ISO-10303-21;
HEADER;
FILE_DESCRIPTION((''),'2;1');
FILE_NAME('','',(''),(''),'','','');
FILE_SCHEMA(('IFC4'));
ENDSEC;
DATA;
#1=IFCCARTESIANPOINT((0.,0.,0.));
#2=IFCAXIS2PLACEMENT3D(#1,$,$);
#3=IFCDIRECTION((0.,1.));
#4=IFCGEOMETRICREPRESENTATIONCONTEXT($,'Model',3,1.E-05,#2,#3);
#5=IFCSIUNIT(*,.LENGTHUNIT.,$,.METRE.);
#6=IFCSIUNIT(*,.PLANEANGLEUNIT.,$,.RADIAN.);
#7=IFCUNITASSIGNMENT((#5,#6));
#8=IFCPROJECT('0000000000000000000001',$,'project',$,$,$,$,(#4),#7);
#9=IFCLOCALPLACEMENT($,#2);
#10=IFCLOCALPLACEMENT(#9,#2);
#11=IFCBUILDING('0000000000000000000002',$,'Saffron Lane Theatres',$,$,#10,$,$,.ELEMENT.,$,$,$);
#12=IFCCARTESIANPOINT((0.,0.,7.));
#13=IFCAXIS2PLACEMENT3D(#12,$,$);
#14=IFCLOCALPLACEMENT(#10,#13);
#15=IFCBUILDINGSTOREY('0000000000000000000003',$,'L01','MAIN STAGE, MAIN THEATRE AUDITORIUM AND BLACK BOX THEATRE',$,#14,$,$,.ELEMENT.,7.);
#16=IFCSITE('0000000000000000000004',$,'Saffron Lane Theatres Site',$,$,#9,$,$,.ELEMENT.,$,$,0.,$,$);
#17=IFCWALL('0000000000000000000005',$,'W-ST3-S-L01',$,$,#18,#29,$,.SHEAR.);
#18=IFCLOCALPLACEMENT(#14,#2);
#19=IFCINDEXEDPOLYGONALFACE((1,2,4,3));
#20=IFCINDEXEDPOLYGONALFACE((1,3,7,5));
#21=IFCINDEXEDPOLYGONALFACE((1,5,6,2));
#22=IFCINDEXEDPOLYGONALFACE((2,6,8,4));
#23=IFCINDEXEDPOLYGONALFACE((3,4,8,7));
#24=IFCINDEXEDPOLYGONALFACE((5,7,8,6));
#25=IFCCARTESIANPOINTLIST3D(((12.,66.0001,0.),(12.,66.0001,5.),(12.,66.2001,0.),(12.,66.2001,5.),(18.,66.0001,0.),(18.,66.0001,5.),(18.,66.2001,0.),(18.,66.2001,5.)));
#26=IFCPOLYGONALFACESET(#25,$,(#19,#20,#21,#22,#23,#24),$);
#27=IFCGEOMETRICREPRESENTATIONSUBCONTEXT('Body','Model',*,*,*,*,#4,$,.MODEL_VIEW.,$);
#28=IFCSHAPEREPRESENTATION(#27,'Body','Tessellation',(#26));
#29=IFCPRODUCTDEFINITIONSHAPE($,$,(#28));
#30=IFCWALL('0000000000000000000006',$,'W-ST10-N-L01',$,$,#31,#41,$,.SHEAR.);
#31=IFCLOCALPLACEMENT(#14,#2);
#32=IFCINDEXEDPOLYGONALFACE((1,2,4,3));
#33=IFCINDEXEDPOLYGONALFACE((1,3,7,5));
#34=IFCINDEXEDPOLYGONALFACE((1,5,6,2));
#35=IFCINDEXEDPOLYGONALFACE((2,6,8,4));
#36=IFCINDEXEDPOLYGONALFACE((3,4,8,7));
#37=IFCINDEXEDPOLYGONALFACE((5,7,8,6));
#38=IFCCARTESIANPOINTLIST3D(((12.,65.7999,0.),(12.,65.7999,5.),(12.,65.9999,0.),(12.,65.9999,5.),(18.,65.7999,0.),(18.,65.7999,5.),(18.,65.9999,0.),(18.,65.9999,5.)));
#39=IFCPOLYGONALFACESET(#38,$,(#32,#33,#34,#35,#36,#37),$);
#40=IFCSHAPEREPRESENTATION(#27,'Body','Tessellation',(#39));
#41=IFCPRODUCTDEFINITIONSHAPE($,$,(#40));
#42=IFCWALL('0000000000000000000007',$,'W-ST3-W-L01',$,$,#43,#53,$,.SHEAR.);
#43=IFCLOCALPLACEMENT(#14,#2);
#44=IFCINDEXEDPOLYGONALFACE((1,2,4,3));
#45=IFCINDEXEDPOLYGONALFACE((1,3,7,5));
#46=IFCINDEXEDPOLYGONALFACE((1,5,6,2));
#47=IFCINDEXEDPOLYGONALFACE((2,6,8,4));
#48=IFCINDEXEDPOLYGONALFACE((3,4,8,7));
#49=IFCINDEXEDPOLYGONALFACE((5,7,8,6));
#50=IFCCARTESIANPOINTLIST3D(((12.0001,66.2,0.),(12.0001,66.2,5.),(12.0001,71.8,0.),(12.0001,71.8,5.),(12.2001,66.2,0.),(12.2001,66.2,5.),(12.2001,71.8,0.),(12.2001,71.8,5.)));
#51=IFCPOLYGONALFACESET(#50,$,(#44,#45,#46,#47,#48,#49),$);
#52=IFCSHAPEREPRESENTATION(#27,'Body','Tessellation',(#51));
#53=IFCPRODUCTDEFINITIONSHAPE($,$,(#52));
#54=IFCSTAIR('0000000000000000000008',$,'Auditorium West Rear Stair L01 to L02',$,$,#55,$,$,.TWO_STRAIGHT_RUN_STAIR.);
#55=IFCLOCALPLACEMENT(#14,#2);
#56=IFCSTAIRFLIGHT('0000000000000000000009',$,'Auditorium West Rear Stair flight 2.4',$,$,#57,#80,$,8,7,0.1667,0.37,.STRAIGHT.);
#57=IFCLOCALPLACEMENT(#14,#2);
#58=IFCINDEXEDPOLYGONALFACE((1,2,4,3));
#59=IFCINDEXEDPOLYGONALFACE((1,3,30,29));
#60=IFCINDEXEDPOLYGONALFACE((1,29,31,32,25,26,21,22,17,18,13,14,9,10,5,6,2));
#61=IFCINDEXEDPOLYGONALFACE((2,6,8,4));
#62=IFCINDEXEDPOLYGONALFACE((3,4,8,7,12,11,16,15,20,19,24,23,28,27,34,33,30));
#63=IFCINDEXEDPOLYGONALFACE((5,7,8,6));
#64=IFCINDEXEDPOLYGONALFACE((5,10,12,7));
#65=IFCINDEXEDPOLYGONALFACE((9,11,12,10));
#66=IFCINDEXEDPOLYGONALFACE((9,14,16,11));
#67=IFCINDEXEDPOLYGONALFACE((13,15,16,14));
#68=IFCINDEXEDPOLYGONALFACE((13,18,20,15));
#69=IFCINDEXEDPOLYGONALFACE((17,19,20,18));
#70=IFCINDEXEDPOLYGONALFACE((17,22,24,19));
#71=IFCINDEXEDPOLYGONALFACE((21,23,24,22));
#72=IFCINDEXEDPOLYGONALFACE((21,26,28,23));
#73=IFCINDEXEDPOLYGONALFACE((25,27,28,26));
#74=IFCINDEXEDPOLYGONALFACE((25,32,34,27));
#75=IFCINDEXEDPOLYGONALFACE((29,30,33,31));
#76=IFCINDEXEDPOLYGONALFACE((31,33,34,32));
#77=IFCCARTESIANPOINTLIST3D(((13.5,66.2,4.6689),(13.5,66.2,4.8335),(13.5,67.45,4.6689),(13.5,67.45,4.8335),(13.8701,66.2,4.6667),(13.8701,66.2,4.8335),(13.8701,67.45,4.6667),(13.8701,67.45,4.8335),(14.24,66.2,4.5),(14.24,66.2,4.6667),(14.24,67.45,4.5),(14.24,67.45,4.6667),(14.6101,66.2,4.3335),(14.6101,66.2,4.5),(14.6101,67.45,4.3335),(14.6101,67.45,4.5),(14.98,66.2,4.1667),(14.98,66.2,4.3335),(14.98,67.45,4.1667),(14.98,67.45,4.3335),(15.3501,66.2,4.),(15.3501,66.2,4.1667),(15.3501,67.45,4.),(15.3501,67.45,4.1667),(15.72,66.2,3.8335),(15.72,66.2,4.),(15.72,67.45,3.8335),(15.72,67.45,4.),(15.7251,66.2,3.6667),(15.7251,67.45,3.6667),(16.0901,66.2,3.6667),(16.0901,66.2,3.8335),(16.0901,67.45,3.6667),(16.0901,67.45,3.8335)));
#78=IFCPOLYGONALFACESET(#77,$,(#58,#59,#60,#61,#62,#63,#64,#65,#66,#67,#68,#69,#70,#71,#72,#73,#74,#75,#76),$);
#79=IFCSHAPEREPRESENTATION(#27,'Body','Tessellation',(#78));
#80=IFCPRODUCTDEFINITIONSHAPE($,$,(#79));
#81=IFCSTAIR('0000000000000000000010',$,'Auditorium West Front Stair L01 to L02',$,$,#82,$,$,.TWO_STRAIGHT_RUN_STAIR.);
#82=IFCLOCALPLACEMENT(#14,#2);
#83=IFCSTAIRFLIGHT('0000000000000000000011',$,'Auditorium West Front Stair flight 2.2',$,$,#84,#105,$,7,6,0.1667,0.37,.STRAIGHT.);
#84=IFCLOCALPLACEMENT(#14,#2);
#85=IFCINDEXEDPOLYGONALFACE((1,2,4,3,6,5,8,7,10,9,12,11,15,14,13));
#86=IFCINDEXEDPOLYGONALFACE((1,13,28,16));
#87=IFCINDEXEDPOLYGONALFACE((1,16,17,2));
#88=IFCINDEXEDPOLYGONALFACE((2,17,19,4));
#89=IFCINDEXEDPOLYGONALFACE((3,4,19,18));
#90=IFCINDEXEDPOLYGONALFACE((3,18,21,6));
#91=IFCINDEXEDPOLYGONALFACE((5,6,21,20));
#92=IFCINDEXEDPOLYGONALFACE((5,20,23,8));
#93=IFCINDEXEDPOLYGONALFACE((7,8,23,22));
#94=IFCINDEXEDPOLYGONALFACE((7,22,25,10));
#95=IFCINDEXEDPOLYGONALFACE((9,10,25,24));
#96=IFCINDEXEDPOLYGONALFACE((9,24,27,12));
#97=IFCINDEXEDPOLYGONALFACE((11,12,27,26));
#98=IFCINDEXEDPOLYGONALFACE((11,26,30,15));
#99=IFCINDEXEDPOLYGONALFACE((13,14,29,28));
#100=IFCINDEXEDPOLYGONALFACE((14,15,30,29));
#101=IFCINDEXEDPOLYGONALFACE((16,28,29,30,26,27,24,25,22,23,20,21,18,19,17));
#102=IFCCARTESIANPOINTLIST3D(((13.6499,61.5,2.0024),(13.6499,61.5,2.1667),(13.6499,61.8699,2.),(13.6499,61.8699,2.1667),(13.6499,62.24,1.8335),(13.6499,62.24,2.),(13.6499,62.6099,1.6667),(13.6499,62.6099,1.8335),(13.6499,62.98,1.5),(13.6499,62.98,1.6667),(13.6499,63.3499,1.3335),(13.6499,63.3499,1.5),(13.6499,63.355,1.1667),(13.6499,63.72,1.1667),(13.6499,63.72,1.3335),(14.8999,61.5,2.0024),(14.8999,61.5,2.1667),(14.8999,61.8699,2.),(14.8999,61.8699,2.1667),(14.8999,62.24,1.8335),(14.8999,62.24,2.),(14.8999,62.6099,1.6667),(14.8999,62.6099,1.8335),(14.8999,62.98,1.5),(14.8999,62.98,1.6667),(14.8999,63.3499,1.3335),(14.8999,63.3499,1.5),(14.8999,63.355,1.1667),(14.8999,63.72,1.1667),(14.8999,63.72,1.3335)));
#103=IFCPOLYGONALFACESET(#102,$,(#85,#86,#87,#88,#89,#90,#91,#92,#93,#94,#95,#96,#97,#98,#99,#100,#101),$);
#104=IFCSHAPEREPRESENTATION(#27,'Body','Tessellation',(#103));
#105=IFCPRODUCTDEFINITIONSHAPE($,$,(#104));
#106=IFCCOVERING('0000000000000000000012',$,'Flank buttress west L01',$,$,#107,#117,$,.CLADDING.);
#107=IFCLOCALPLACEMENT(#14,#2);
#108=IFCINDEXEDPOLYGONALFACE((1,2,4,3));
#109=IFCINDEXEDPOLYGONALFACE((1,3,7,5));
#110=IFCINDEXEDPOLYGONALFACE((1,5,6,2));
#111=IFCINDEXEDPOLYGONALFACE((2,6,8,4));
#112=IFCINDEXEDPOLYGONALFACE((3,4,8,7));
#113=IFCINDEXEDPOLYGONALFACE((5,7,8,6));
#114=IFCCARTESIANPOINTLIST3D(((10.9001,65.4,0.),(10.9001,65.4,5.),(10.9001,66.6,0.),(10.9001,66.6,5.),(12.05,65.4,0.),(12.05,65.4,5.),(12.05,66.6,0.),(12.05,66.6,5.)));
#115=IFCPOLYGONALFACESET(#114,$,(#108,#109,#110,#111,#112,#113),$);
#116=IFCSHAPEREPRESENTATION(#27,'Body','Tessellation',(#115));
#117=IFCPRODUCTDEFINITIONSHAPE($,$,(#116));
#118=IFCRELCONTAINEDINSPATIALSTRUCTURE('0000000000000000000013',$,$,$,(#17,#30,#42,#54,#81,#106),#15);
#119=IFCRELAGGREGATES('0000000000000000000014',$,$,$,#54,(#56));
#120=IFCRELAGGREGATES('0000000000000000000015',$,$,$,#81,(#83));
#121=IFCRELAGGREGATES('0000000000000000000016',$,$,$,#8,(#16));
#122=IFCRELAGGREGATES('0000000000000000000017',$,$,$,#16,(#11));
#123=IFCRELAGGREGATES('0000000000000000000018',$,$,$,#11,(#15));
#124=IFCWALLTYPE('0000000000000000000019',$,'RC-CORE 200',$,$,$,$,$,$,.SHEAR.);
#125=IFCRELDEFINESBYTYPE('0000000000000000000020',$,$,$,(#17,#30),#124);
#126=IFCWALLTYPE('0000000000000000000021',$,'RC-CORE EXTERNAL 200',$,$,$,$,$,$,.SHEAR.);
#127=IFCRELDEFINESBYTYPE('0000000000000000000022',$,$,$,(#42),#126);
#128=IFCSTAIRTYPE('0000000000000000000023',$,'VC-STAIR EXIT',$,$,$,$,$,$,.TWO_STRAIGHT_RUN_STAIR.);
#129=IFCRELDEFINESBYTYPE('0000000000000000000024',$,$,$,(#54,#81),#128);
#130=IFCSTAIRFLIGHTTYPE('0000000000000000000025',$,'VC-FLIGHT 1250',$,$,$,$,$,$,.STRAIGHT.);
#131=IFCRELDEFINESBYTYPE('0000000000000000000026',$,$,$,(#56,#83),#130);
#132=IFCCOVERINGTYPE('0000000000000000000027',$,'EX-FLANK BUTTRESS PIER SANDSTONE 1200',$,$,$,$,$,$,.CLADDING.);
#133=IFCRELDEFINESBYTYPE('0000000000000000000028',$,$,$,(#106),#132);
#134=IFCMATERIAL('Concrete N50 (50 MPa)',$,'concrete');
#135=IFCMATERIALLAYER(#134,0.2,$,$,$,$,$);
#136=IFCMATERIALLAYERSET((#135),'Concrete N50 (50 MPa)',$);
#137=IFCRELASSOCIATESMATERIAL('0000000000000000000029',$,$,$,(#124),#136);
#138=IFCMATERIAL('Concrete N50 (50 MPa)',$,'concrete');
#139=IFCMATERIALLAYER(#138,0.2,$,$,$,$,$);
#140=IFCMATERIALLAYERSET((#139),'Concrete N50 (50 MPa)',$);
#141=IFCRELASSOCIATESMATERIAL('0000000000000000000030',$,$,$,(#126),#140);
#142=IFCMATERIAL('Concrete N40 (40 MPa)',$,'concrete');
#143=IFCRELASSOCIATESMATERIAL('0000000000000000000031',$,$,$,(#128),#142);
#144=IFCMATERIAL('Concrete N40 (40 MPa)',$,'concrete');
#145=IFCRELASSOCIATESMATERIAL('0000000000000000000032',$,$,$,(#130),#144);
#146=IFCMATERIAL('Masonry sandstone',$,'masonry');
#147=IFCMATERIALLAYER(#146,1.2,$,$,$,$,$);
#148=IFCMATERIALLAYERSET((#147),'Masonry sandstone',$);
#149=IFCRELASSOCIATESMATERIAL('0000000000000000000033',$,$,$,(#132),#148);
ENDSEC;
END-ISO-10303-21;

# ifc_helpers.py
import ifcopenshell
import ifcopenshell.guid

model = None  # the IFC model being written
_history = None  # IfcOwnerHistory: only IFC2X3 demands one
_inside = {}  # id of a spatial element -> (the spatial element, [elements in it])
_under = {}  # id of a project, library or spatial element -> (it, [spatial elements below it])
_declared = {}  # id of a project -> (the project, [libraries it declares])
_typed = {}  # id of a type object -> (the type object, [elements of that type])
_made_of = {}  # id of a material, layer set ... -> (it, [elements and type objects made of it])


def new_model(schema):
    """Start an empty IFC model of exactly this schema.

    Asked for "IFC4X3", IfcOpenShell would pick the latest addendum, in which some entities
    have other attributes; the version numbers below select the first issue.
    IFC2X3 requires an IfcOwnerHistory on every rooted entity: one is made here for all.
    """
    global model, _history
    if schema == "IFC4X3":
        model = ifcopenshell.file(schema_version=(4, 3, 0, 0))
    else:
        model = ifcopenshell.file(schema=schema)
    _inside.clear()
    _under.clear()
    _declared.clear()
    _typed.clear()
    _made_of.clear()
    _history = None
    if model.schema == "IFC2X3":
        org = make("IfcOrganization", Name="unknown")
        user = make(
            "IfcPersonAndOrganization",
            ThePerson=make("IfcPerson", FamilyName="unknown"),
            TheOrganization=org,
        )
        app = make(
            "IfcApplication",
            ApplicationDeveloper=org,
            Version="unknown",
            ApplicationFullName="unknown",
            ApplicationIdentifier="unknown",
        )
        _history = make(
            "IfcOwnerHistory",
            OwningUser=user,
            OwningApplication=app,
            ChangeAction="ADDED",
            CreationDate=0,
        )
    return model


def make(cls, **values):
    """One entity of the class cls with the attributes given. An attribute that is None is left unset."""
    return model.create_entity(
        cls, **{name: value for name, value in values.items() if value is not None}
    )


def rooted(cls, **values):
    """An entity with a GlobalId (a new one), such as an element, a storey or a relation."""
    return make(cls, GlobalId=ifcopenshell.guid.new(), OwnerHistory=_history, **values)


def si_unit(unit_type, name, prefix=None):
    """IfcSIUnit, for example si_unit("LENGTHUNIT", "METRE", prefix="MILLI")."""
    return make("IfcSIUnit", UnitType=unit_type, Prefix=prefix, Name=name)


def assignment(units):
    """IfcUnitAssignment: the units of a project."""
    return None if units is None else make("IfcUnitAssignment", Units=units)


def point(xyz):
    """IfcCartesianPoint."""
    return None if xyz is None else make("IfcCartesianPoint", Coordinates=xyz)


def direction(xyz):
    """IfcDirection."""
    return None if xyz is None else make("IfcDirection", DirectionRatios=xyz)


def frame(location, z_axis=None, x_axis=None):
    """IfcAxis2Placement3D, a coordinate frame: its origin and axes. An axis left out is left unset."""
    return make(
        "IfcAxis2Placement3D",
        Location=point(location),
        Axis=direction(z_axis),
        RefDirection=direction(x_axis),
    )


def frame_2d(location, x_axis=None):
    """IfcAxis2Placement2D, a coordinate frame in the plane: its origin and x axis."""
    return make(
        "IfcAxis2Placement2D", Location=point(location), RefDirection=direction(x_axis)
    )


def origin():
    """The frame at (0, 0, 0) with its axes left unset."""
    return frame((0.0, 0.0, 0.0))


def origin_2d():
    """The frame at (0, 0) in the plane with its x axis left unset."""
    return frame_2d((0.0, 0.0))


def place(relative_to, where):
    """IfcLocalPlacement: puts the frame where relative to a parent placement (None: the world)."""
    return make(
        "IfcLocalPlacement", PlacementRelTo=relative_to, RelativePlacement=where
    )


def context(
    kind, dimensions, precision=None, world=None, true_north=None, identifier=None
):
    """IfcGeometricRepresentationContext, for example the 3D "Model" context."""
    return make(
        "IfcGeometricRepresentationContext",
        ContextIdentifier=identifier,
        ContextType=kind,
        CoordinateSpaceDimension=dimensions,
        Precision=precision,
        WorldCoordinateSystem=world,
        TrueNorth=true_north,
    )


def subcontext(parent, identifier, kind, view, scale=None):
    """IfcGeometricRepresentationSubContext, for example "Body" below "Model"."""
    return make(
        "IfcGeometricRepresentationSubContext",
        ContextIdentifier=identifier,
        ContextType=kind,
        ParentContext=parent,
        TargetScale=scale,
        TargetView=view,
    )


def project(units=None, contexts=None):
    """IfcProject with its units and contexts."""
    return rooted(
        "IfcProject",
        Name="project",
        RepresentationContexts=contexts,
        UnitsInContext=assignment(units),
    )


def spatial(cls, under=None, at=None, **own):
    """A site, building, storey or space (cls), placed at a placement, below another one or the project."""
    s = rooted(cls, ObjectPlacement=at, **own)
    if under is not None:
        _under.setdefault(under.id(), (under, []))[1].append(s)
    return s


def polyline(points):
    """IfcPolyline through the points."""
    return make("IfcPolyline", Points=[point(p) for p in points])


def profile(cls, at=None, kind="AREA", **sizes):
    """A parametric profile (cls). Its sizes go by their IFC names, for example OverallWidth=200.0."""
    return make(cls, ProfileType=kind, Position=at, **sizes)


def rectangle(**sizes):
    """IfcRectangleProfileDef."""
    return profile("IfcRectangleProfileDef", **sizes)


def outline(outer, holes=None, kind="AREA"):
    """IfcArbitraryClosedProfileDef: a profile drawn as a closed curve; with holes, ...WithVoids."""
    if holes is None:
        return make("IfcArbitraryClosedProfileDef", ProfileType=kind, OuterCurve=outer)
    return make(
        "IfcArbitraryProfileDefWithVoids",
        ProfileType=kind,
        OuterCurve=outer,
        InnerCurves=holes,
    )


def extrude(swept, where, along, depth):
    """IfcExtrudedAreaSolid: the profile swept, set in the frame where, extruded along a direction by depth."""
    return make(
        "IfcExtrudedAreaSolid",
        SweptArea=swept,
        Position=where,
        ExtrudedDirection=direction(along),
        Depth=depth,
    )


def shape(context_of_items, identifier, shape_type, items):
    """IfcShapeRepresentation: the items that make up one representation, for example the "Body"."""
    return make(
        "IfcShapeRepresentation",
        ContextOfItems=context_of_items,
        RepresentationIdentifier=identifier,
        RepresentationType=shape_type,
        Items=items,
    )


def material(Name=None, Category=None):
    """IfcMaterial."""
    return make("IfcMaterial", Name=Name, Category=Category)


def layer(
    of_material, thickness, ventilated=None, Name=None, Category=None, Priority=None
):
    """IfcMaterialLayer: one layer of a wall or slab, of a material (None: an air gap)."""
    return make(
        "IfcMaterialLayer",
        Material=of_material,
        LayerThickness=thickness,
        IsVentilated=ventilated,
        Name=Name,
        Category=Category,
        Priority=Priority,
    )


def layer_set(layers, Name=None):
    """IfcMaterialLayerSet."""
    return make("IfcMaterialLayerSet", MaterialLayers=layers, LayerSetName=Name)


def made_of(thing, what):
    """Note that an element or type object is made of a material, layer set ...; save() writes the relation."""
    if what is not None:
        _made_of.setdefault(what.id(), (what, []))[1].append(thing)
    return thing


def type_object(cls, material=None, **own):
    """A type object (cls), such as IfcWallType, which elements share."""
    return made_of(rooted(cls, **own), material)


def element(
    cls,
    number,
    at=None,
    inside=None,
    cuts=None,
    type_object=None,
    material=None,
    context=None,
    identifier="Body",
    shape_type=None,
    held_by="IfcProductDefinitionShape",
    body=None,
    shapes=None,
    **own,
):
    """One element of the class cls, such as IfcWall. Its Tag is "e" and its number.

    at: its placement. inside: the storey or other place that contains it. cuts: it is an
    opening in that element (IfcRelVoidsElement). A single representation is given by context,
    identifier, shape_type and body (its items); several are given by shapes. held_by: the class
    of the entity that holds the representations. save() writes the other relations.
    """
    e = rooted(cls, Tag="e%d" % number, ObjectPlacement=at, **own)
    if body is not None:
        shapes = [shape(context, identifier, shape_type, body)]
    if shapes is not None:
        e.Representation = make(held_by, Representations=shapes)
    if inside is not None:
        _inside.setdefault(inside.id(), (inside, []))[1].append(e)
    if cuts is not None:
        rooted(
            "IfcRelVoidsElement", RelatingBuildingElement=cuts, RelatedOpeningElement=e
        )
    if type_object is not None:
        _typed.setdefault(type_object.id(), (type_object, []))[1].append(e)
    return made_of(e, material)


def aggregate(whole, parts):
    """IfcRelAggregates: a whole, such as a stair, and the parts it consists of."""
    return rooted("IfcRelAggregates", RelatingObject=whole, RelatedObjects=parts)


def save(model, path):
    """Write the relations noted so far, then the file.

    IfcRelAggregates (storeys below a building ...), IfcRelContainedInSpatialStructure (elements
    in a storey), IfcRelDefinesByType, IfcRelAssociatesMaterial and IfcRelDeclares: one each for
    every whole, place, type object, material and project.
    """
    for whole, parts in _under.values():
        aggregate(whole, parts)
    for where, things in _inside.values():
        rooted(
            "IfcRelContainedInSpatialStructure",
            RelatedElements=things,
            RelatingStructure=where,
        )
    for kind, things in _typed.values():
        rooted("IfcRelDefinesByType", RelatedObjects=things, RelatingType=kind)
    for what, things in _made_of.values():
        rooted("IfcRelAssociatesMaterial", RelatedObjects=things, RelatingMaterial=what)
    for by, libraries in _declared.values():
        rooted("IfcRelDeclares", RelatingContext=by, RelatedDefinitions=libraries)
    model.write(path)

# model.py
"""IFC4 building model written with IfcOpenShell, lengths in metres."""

from ifc_helpers import new_model, si_unit, direction, frame, frame_2d, origin, origin_2d, place, context, subcontext, project, spatial, polyline, rectangle, outline, extrude, material, layer, layer_set, type_object, element, aggregate, save


model = new_model("IFC4")

# Units and contexts
model_context = context("Model", 3, precision=1e-05, world=origin(), true_north=direction((0.0, 1.0)))
body_context = subcontext(model_context, "Body", "Model", "MODEL_VIEW")
ifc_project = project(units=[si_unit("LENGTHUNIT", "METRE"), si_unit("PLANEANGLEUNIT", "RADIAN")], contexts=[model_context])

# Site, building, storey
site_placement = place(None, origin())
site = spatial("IfcSite", under=ifc_project, at=site_placement, Name="Saffron Lane Theatres Site", CompositionType="ELEMENT", RefElevation=0.0)
building_placement = place(site_placement, origin())
building = spatial("IfcBuilding", under=site, at=building_placement, Name="Saffron Lane Theatres", CompositionType="ELEMENT")
storey_placement = place(building_placement, frame((0.0, 0.0, 7.0)))
storey = spatial("IfcBuildingStorey", under=building, at=storey_placement, Name="L01", Description="MAIN STAGE, MAIN THEATRE AUDITORIUM AND BLACK BOX THEATRE", CompositionType="ELEMENT", Elevation=7.0)

# Walls
ifc_material_1 = material(Name="Concrete N50 (50 MPa)", Category="concrete")
ifc_layer_1 = layer(ifc_material_1, 0.2)
ifc_layer_set_1 = layer_set([ifc_layer_1], Name="Concrete N50 (50 MPa)")
wall_type_1 = type_object("IfcWallType", Name="RC-CORE 200", PredefinedType="SHEAR", material=ifc_layer_set_1)
for number, where, z_axis, x_axis, name in (
    (1, (12.0, 66.1001, 0.0), (0.0, 0.0, 1.0), (1.0, 0.0, 0.0), "W-ST3-S-L01"),
    (2, (12.0, 65.8999, 0.0), (0.0, 0.0, 1.0), (1.0, 0.0, 0.0), "W-ST10-N-L01"),
):
    element("IfcWall", number, at=place(storey_placement, frame(where, z_axis=z_axis, x_axis=x_axis)), inside=storey, type_object=wall_type_1, Name=name, PredefinedType="SHEAR", context=body_context, shape_type="SweptSolid", body=[
        extrude(rectangle(XDim=6.0, YDim=0.2, at=frame_2d((3.0, 0.0))), origin(), (0.0, 0.0, 1.0), 5.0),
    ])
ifc_material_2 = material(Name="Concrete N50 (50 MPa)", Category="concrete")
ifc_layer_2 = layer(ifc_material_2, 0.2)
ifc_layer_set_2 = layer_set([ifc_layer_2], Name="Concrete N50 (50 MPa)")
wall_type_2 = type_object("IfcWallType", Name="RC-CORE EXTERNAL 200", PredefinedType="SHEAR", material=ifc_layer_set_2)
wall_placement = place(storey_placement, frame((12.1001, 66.2, 0.0), z_axis=(0.0, 0.0, 1.0), x_axis=(0.0, 1.0, 0.0)))
element("IfcWall", 3, at=wall_placement, inside=storey, type_object=wall_type_2, Name="W-ST3-W-L01", PredefinedType="SHEAR", context=body_context, shape_type="SweptSolid", body=[
    extrude(rectangle(XDim=5.6001, YDim=0.2, at=frame_2d((2.8, 0.0))), origin(), (0.0, 0.0, 1.0), 5.0),
])

# Stairs, stair flights
ifc_material_3 = material(Name="Concrete N40 (40 MPa)", Category="concrete")
stair_type = type_object("IfcStairType", Name="VC-STAIR EXIT", PredefinedType="TWO_STRAIGHT_RUN_STAIR", material=ifc_material_3)
stair_1_placement = place(storey_placement, origin())
stair_1 = element("IfcStair", 4, at=stair_1_placement, inside=storey, type_object=stair_type, Name="Auditorium West Rear Stair L01 to L02", PredefinedType="TWO_STRAIGHT_RUN_STAIR")
ifc_material_4 = material(Name="Concrete N40 (40 MPa)", Category="concrete")
stair_flight_type = type_object("IfcStairFlightType", Name="VC-FLIGHT 1250", PredefinedType="STRAIGHT", material=ifc_material_4)
stair_flight_1_placement = place(storey_placement, frame((16.0901, 66.825, 3.6667), z_axis=(0.0, 0.0, 1.0), x_axis=(-1.0, 0.0, 0.0)))
stair_flight_1 = element("IfcStairFlight", 5, at=stair_flight_1_placement, type_object=stair_flight_type, Name="Auditorium West Rear Stair flight 2.4", NumberOfRisers=8, NumberOfTreads=7, PredefinedType="STRAIGHT", RiserHeight=0.1667, TreadLength=0.37, context=body_context, shape_type="SweptSolid", body=[
    extrude(outline(polyline([(0.0, 0.0), (0.0, 0.1667), (0.3701, 0.1667), (0.3701, 0.3333), (0.74, 0.3333), (0.74, 0.5), (1.1101, 0.5), (1.1101, 0.6667), (1.48, 0.6667), (1.48, 0.8333), (1.8501, 0.8333), (1.8501, 1.0), (2.22, 1.0), (2.22, 1.1667), (2.5901, 1.1667), (2.5901, 1.3333), (2.5901, 1.0022), (0.365, 0.0), (0.0, 0.0)])), frame((0.0, 0.625, 0.0), z_axis=(0.0, -1.0, 0.0), x_axis=(1.0, 0.0, 0.0)), (0.0, 0.0, 1.0), 1.25),
])
aggregate(stair_1, [stair_flight_1])
stair_2_placement = place(storey_placement, origin())
stair_2 = element("IfcStair", 6, at=stair_2_placement, inside=storey, type_object=stair_type, Name="Auditorium West Front Stair L01 to L02", PredefinedType="TWO_STRAIGHT_RUN_STAIR")
stair_flight_2_placement = place(storey_placement, frame((14.2749, 63.72, 1.1667), z_axis=(0.0, 0.0, 1.0), x_axis=(0.0, -1.0, 0.0)))
stair_flight_2 = element("IfcStairFlight", 7, at=stair_flight_2_placement, type_object=stair_flight_type, Name="Auditorium West Front Stair flight 2.2", NumberOfRisers=7, NumberOfTreads=6, PredefinedType="STRAIGHT", RiserHeight=0.1667, TreadLength=0.37, context=body_context, shape_type="SweptSolid", body=[
    extrude(outline(polyline([(0.0, 0.0), (0.0, 0.1667), (0.3701, 0.1667), (0.3701, 0.3333), (0.74, 0.3333), (0.74, 0.5), (1.1101, 0.5), (1.1101, 0.6667), (1.48, 0.6667), (1.48, 0.8333), (1.8501, 0.8333), (1.8501, 1.0), (2.22, 1.0), (2.22, 1.1667), (2.22, 0.8357), (0.365, 0.0), (0.0, 0.0)])), frame((0.0, 0.625, 0.0), z_axis=(0.0, -1.0, 0.0), x_axis=(1.0, 0.0, 0.0)), (0.0, 0.0, 1.0), 1.25),
])
aggregate(stair_2, [stair_flight_2])

# Covering
ifc_material_5 = material(Name="Masonry sandstone", Category="masonry")
ifc_layer_3 = layer(ifc_material_5, 1.2)
ifc_layer_set_3 = layer_set([ifc_layer_3], Name="Masonry sandstone")
covering_type_1 = type_object("IfcCoveringType", Name="EX-FLANK BUTTRESS PIER SANDSTONE 1200", PredefinedType="CLADDING", material=ifc_layer_set_3)
covering_1_placement = place(storey_placement, frame((11.4751, 66.0, 0.0), z_axis=(0.0, 0.0, 1.0), x_axis=(0.0, 1.0, 0.0)))
element("IfcCovering", 8, at=covering_1_placement, inside=storey, type_object=covering_type_1, Name="Flank buttress west L01", PredefinedType="CLADDING", context=body_context, shape_type="SweptSolid", body=[
    extrude(rectangle(XDim=1.2, YDim=1.1499, at=origin_2d()), origin(), (0.0, 0.0, 1.0), 5.0),
])

save(model, "model.ifc")
